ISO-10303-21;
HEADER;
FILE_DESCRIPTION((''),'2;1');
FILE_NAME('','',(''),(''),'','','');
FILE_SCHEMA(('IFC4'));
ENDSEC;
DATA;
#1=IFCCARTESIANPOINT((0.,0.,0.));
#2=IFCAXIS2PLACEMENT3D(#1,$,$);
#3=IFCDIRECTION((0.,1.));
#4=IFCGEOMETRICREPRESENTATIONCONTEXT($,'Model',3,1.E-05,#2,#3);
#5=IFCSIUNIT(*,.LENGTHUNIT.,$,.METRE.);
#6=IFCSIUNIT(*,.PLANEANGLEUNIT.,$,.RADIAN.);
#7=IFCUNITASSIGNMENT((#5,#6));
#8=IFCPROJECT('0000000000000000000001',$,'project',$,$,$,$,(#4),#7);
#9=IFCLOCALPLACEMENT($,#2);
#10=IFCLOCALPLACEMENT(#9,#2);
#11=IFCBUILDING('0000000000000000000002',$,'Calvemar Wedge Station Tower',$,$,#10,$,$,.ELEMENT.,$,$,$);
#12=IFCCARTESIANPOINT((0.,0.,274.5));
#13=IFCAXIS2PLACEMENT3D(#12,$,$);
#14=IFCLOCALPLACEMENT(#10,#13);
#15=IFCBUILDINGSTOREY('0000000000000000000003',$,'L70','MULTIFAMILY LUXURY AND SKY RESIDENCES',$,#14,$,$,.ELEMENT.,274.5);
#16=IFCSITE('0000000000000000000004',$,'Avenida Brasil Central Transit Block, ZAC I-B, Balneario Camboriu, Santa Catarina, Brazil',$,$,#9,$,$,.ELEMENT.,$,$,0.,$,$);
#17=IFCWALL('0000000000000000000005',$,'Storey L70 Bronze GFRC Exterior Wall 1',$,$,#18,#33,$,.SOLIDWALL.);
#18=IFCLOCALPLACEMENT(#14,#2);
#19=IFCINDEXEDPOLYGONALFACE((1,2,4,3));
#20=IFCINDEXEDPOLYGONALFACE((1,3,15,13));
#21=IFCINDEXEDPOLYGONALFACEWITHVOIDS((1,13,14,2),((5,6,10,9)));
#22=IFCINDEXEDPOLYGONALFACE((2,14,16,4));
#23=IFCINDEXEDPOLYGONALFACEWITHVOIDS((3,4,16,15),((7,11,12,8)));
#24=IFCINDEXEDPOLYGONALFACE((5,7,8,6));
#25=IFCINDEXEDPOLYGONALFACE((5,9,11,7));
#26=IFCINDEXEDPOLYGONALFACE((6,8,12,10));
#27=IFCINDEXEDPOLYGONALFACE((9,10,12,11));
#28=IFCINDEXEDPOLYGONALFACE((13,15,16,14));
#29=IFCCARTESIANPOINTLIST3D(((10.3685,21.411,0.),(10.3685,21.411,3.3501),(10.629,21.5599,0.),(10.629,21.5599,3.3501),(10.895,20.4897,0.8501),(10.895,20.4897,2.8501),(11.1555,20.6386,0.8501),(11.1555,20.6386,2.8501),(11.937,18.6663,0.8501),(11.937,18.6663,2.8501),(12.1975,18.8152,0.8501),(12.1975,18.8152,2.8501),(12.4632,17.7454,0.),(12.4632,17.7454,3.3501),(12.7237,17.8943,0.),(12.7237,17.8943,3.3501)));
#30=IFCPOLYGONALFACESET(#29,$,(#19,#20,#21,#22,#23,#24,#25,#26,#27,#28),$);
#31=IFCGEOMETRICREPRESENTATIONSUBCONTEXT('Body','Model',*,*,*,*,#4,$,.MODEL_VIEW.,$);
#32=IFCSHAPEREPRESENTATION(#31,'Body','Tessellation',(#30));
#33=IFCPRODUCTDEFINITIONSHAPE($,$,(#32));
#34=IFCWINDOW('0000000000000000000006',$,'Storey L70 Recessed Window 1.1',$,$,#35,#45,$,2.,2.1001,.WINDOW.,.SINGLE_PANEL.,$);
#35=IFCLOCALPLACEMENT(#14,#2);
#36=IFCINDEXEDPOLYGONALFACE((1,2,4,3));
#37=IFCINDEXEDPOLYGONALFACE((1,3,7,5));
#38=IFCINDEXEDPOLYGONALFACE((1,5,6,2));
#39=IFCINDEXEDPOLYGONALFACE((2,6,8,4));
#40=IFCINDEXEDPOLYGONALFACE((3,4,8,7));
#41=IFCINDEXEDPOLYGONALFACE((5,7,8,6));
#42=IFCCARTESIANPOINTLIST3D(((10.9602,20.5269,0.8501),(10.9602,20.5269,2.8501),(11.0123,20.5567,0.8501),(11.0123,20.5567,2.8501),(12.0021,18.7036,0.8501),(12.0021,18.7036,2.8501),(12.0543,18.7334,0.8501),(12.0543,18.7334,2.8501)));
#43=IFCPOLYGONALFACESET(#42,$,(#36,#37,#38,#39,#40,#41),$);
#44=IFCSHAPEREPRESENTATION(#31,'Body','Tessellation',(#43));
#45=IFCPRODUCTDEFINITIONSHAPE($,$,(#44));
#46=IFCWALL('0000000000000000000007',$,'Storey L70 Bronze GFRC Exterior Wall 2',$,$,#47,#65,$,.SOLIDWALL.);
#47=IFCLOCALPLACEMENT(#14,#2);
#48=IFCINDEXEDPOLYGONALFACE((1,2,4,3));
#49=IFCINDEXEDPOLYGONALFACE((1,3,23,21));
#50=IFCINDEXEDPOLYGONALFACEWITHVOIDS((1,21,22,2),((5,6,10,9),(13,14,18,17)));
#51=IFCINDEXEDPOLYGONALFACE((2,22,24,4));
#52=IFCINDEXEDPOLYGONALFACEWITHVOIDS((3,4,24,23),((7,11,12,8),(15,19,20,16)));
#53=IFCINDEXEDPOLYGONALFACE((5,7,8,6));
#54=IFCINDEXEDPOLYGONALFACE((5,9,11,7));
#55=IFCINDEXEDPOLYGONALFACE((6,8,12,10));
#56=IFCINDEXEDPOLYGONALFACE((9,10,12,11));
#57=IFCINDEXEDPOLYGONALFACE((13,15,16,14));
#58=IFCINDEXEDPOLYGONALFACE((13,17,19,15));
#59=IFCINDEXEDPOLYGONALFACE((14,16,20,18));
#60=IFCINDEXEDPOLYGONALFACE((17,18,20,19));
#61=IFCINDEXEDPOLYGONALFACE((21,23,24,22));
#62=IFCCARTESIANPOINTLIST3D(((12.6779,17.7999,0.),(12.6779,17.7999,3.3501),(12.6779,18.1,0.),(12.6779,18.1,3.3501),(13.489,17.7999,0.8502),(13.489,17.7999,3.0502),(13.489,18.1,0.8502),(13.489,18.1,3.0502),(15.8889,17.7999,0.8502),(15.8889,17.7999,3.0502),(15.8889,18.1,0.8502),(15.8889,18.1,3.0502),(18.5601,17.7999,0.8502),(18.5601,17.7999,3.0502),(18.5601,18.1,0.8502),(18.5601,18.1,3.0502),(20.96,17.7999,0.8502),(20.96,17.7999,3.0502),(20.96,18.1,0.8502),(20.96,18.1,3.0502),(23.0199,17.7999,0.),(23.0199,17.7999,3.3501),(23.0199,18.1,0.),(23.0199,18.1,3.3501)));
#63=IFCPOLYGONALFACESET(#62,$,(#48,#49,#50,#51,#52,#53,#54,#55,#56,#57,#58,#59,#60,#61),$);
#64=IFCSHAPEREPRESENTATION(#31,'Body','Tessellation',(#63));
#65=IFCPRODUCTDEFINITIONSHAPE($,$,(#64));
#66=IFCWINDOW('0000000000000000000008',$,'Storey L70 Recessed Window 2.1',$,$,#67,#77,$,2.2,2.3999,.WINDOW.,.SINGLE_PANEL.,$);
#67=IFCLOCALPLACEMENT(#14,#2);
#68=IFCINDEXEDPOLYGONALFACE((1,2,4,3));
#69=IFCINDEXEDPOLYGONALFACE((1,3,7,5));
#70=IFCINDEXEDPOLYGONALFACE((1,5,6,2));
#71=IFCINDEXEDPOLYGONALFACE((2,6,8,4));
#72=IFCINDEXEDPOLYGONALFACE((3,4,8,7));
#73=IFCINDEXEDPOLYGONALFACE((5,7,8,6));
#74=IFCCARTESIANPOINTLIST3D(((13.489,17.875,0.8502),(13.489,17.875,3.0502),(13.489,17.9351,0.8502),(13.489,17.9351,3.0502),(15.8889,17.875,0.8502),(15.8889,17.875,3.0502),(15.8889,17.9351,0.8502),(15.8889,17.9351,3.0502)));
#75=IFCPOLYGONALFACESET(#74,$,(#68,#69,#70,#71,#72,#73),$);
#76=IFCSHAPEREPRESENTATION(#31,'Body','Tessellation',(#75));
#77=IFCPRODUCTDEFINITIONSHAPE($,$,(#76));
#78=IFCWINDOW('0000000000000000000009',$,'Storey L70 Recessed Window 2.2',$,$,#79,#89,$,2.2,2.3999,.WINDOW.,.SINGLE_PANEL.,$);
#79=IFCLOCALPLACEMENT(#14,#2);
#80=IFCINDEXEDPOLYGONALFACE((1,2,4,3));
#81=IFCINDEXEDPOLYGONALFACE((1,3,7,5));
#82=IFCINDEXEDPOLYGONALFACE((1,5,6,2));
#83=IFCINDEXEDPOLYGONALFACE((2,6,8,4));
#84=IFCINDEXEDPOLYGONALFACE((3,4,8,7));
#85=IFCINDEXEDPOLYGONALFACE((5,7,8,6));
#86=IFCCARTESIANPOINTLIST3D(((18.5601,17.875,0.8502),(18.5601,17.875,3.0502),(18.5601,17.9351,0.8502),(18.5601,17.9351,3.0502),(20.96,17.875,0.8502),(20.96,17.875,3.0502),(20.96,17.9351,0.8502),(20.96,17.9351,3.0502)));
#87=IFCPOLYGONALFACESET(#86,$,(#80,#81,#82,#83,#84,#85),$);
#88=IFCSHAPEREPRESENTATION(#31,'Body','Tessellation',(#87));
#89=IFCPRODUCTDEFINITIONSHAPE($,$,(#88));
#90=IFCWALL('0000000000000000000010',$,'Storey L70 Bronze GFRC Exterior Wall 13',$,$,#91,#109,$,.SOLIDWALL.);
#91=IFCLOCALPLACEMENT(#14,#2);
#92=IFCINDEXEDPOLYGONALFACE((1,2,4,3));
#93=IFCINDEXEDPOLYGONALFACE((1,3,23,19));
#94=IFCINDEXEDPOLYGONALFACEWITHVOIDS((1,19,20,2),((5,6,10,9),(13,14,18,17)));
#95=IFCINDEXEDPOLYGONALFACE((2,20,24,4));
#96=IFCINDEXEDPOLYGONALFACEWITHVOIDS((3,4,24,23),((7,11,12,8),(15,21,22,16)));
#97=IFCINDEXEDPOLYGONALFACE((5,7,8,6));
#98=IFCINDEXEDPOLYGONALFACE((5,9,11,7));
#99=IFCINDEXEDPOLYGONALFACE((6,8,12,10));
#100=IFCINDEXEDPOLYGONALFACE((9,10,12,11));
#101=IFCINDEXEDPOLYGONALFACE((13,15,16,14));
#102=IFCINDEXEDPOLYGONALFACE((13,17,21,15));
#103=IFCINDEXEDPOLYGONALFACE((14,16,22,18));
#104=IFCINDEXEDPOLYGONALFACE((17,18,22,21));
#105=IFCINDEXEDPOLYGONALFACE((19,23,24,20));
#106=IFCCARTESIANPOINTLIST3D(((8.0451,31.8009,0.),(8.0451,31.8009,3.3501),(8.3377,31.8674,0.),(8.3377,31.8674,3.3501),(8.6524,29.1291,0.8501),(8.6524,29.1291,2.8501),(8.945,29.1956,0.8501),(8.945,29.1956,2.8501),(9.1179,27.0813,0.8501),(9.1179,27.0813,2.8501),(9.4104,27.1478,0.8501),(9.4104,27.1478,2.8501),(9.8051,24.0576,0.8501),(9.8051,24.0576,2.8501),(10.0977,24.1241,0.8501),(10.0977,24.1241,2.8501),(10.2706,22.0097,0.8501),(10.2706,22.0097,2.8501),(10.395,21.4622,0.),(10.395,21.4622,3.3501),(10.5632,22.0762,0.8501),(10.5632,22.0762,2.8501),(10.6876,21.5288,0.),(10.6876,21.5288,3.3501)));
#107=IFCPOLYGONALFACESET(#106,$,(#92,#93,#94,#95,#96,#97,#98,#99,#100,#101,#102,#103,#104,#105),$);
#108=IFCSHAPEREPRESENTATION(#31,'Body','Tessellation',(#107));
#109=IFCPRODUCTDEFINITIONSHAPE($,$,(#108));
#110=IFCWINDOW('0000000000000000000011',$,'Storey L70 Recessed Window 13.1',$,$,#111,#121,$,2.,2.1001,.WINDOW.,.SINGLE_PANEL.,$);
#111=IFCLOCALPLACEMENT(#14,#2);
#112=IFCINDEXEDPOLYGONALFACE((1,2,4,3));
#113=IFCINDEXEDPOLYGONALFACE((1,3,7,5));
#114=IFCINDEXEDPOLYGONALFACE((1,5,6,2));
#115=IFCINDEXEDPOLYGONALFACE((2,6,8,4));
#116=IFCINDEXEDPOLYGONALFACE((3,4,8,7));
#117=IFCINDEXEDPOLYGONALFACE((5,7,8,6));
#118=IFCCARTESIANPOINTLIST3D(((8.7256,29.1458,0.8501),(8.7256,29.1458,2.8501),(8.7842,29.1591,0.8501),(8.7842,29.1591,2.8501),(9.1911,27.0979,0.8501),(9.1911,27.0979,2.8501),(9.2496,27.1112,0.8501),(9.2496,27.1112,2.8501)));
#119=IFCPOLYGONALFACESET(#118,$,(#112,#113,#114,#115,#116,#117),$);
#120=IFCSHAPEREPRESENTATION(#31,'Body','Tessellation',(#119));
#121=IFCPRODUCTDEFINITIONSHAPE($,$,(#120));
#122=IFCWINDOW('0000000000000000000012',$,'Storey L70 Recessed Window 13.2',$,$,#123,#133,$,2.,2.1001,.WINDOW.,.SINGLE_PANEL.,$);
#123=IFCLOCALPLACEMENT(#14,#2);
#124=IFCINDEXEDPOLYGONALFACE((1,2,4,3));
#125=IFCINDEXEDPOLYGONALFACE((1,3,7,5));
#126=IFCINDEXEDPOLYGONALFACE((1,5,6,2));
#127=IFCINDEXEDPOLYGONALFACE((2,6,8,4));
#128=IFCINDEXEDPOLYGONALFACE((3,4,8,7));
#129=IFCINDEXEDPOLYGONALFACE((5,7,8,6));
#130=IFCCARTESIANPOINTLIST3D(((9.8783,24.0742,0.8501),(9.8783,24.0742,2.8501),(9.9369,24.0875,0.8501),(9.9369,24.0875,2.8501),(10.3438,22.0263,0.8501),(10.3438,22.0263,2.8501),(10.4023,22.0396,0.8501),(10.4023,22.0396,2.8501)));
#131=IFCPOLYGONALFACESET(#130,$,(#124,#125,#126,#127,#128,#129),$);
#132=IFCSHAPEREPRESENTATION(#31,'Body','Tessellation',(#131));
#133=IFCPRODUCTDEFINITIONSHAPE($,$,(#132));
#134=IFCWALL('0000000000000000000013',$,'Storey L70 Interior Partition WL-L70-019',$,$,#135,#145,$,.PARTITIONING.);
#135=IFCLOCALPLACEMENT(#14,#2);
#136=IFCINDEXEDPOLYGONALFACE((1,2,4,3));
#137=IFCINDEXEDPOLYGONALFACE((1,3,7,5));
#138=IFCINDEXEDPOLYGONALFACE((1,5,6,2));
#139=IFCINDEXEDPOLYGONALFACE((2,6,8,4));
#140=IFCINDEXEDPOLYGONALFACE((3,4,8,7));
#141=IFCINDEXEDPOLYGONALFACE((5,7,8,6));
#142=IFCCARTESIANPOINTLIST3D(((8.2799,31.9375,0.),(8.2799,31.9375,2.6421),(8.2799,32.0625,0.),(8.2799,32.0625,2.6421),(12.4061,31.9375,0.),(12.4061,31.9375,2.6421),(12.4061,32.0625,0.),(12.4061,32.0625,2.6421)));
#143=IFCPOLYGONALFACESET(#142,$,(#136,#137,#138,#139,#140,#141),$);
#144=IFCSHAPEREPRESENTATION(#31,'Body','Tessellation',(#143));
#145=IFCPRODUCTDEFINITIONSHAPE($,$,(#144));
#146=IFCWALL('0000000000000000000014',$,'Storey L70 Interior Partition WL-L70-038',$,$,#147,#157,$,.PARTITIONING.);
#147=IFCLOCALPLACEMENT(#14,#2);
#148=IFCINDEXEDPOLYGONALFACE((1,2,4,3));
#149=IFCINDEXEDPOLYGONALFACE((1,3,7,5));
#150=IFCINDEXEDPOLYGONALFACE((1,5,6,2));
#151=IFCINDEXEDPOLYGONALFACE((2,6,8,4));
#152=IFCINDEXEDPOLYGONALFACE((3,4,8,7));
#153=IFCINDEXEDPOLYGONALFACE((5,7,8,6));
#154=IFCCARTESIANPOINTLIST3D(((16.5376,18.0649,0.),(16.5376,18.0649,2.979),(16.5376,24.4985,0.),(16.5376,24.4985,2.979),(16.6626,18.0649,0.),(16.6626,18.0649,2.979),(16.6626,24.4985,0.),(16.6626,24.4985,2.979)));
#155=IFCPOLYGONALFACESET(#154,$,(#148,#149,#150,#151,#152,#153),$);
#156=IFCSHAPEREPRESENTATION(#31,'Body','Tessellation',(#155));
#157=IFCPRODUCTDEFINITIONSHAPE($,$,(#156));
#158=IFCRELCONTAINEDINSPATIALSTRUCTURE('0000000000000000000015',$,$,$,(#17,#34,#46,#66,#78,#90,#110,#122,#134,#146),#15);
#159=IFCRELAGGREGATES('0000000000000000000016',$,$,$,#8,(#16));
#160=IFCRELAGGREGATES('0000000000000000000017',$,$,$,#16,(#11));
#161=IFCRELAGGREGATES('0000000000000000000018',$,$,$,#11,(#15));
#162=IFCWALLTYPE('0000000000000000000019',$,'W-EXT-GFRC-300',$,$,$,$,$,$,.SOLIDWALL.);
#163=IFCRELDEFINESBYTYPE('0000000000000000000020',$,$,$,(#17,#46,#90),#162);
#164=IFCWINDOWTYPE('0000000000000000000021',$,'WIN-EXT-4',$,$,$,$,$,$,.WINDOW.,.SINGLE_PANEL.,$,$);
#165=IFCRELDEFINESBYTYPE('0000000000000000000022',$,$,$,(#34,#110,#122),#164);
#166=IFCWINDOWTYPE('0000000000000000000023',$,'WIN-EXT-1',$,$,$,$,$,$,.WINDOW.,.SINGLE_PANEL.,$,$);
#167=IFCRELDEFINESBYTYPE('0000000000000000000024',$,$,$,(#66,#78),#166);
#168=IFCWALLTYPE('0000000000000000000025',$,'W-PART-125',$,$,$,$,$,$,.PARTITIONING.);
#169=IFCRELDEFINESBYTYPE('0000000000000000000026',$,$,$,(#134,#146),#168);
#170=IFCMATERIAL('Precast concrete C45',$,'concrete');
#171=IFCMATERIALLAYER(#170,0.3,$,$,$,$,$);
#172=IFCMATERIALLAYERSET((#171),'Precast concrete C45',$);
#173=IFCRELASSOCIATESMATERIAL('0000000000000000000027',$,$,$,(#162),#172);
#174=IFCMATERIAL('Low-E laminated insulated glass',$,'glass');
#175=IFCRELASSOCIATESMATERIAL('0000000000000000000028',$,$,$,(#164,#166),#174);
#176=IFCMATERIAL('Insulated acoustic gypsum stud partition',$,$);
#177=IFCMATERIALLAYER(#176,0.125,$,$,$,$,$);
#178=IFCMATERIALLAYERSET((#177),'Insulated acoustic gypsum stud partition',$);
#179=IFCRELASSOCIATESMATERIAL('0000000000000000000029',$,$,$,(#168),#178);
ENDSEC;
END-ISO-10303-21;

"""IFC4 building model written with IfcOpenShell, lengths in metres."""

from ifc_helpers import new_model, si_unit, direction, frame, frame_2d, origin, place, context, subcontext, project, spatial, rectangle, extrude, source, transform, mapped, material, layer, layer_set, type_object, element, fill, save


model = new_model("IFC4")

# Units and contexts
model_context = context("Model", 3, precision=1e-05, world=origin(), true_north=direction((0.0, 1.0)))
body_context = subcontext(model_context, "Body", "Model", "MODEL_VIEW")
ifc_project = project(units=[si_unit("LENGTHUNIT", "METRE"), si_unit("PLANEANGLEUNIT", "RADIAN")], contexts=[model_context])

# Site, building, storey
site_placement = place(None, origin())
site = spatial("IfcSite", under=ifc_project, at=site_placement, Name="Avenida Brasil Central Transit Block, ZAC I-B, Balneario Camboriu, Santa Catarina, Brazil", CompositionType="ELEMENT", RefElevation=0.0)
building_placement = place(site_placement, origin())
building = spatial("IfcBuilding", under=site, at=building_placement, Name="Calvemar Wedge Station Tower", CompositionType="ELEMENT")
storey_placement = place(building_placement, frame((0.0, 0.0, 274.5)))
storey = spatial("IfcBuildingStorey", under=building, at=storey_placement, Name="L70", Description="MULTIFAMILY LUXURY AND SKY RESIDENCES", CompositionType="ELEMENT", Elevation=274.5)

# Wall, opening, window
ifc_material_1 = material(Name="Precast concrete C45", Category="concrete")
ifc_layer_1 = layer(ifc_material_1, 0.3)
ifc_layer_set_1 = layer_set([ifc_layer_1], Name="Precast concrete C45")
wall_type_1 = type_object("IfcWallType", Name="W-EXT-GFRC-300", PredefinedType="SOLIDWALL", material=ifc_layer_set_1)
wall_1_placement = place(storey_placement, frame((10.4988, 21.4854, 0.0), z_axis=(0.0, 0.0, 1.0), x_axis=(0.496164, -0.868229, 0.0)))
wall_1 = element("IfcWall", 1, at=wall_1_placement, inside=storey, type_object=wall_type_1, Name="Storey L70 Bronze GFRC Exterior Wall 1", PredefinedType="SOLIDWALL", context=body_context, shape_type="SweptSolid", body=[
    extrude(rectangle(XDim=4.2219, YDim=0.3, at=frame_2d((2.1108, 0.0))), origin(), (0.0, 0.0, 1.0), 3.3501),
])
shared_shape_1 = source(origin(), body_context, "Body", "SweptSolid", [
    extrude(rectangle(XDim=2.1001, YDim=2.0, at=frame_2d((1.05, 1.0))), frame((0.0, 0.1602, 0.0), z_axis=(0.0, -1.0, 0.0), x_axis=(1.0, 0.0, 0.0)), (0.0, 0.0, 1.0), 0.3201),
])
opening_1_placement = place(wall_1_placement, frame((1.061, 0.0, 0.8501)))
opening_1 = element("IfcOpeningElement", 2, at=opening_1_placement, cuts=wall_1, PredefinedType="OPENING", context=body_context, shape_type="MappedRepresentation", body=[
    mapped(shared_shape_1, transform((0.0, 0.0, 0.0), scale=1.0)),
])
ifc_material_2 = material(Name="Low-E laminated insulated glass", Category="glass")
window_type_1 = type_object("IfcWindowType", Name="WIN-EXT-4", PartitioningType="SINGLE_PANEL", PredefinedType="WINDOW", material=ifc_material_2)
shared_shape_2 = source(origin(), body_context, "Body", "SweptSolid", [
    extrude(rectangle(XDim=2.1001, YDim=2.0, at=frame_2d((1.05, 1.0))), frame((0.0, -0.0149, 0.0), z_axis=(0.0, -1.0, 0.0), x_axis=(1.0, 0.0, 0.0)), (0.0, 0.0, 1.0), 0.0601),
])
window_1_placement = place(opening_1_placement, origin())
window_1 = element("IfcWindow", 3, at=window_1_placement, inside=storey, type_object=window_type_1, Name="Storey L70 Recessed Window 1.1", OverallHeight=2.0, OverallWidth=2.1001, PartitioningType="SINGLE_PANEL", PredefinedType="WINDOW", context=body_context, shape_type="MappedRepresentation", body=[
    mapped(shared_shape_2, transform((0.0, 0.0, 0.0), scale=1.0)),
])
fill(opening_1, window_1)

# Walls, openings, windows
wall_2_placement = place(storey_placement, frame((12.678, 17.95, 0.0), z_axis=(0.0, 0.0, 1.0), x_axis=(1.0, 0.0, 0.0)))
wall_2 = element("IfcWall", 4, at=wall_2_placement, inside=storey, type_object=wall_type_1, Name="Storey L70 Bronze GFRC Exterior Wall 2", PredefinedType="SOLIDWALL", context=body_context, shape_type="SweptSolid", body=[
    extrude(rectangle(XDim=10.342, YDim=0.3, at=frame_2d((5.1709, 0.0))), origin(), (0.0, 0.0, 1.0), 3.3501),
])
shared_shape_3 = source(origin(), body_context, "Body", "SweptSolid", [
    extrude(rectangle(XDim=2.3999, YDim=2.2, at=frame_2d((1.2, 1.1001))), frame((0.0, 0.1602, 0.0), z_axis=(0.0, -1.0, 0.0), x_axis=(1.0, 0.0, 0.0)), (0.0, 0.0, 1.0), 0.3201),
])
opening_2_placement = place(wall_2_placement, frame((0.811, 0.0, 0.8501)))
opening_2 = element("IfcOpeningElement", 5, at=opening_2_placement, cuts=wall_2, PredefinedType="OPENING", context=body_context, shape_type="MappedRepresentation", body=[
    mapped(shared_shape_3, transform((0.0, 0.0, 0.0), scale=1.0)),
])
opening_3_placement = place(wall_2_placement, frame((5.8821, 0.0, 0.8501)))
opening_3 = element("IfcOpeningElement", 6, at=opening_3_placement, cuts=wall_2, PredefinedType="OPENING", context=body_context, shape_type="MappedRepresentation", body=[
    mapped(shared_shape_3, transform((0.0, 0.0, 0.0), scale=1.0)),
])
window_type_2 = type_object("IfcWindowType", Name="WIN-EXT-1", PartitioningType="SINGLE_PANEL", PredefinedType="WINDOW", material=ifc_material_2)
shared_shape_4 = source(origin(), body_context, "Body", "SweptSolid", [
    extrude(rectangle(XDim=2.3999, YDim=2.2, at=frame_2d((1.2, 1.1001))), frame((0.0, -0.0149, 0.0), z_axis=(0.0, -1.0, 0.0), x_axis=(1.0, 0.0, 0.0)), (0.0, 0.0, 1.0), 0.0601),
])
window_2_placement = place(opening_2_placement, origin())
window_2 = element("IfcWindow", 7, at=window_2_placement, inside=storey, type_object=window_type_2, Name="Storey L70 Recessed Window 2.1", OverallHeight=2.2, OverallWidth=2.3999, PartitioningType="SINGLE_PANEL", PredefinedType="WINDOW", context=body_context, shape_type="MappedRepresentation", body=[
    mapped(shared_shape_4, transform((0.0, 0.0, 0.0), scale=1.0)),
])
fill(opening_2, window_2)
window_3_placement = place(opening_3_placement, origin())
window_3 = element("IfcWindow", 8, at=window_3_placement, inside=storey, type_object=window_type_2, Name="Storey L70 Recessed Window 2.2", OverallHeight=2.2, OverallWidth=2.3999, PartitioningType="SINGLE_PANEL", PredefinedType="WINDOW", context=body_context, shape_type="MappedRepresentation", body=[
    mapped(shared_shape_4, transform((0.0, 0.0, 0.0), scale=1.0)),
])
fill(opening_3, window_3)
wall_3_placement = place(storey_placement, frame((8.1914, 31.8342, 0.0), z_axis=(0.0, 0.0, 1.0), x_axis=(0.221636, -0.975129, 0.0)))
wall_3 = element("IfcWall", 9, at=wall_3_placement, inside=storey, type_object=wall_type_1, Name="Storey L70 Bronze GFRC Exterior Wall 13", PredefinedType="SOLIDWALL", context=body_context, shape_type="SweptSolid", body=[
    extrude(rectangle(XDim=10.6023, YDim=0.3, at=frame_2d((5.3013, 0.0))), origin(), (0.0, 0.0, 1.0), 3.3501),
])
opening_4_placement = place(wall_3_placement, frame((2.74, 0.0, 0.8501)))
opening_4 = element("IfcOpeningElement", 10, at=opening_4_placement, cuts=wall_3, PredefinedType="OPENING", context=body_context, shape_type="MappedRepresentation", body=[
    mapped(shared_shape_1, transform((0.0, 0.0, 0.0), scale=1.0)),
])
opening_5_placement = place(wall_3_placement, frame((7.9409, 0.0, 0.8501)))
opening_5 = element("IfcOpeningElement", 11, at=opening_5_placement, cuts=wall_3, PredefinedType="OPENING", context=body_context, shape_type="MappedRepresentation", body=[
    mapped(shared_shape_1, transform((0.0, 0.0, 0.0), scale=1.0)),
])
window_4_placement = place(opening_4_placement, origin())
window_4 = element("IfcWindow", 12, at=window_4_placement, inside=storey, type_object=window_type_1, Name="Storey L70 Recessed Window 13.1", OverallHeight=2.0, OverallWidth=2.1001, PartitioningType="SINGLE_PANEL", PredefinedType="WINDOW", context=body_context, shape_type="MappedRepresentation", body=[
    mapped(shared_shape_2, transform((0.0, 0.0, 0.0), scale=1.0)),
])
fill(opening_4, window_4)
window_5_placement = place(opening_5_placement, origin())
window_5 = element("IfcWindow", 13, at=window_5_placement, inside=storey, type_object=window_type_1, Name="Storey L70 Recessed Window 13.2", OverallHeight=2.0, OverallWidth=2.1001, PartitioningType="SINGLE_PANEL", PredefinedType="WINDOW", context=body_context, shape_type="MappedRepresentation", body=[
    mapped(shared_shape_2, transform((0.0, 0.0, 0.0), scale=1.0)),
])
fill(opening_5, window_5)

# Walls
ifc_material_3 = material(Name="Insulated acoustic gypsum stud partition")
ifc_layer_2 = layer(ifc_material_3, 0.125)
ifc_layer_set_2 = layer_set([ifc_layer_2], Name="Insulated acoustic gypsum stud partition")
wall_type_2 = type_object("IfcWallType", Name="W-PART-125", PredefinedType="PARTITIONING", material=ifc_layer_set_2)
wall_4_placement = place(storey_placement, frame((12.406, 32.0, 0.0), z_axis=(0.0, 0.0, 1.0), x_axis=(-1.0, 0.0, 0.0)))
element("IfcWall", 14, at=wall_4_placement, inside=storey, type_object=wall_type_2, Name="Storey L70 Interior Partition WL-L70-019", PredefinedType="PARTITIONING", context=body_context, shape_type="SweptSolid", body=[
    extrude(rectangle(XDim=4.1262, YDim=0.125, at=frame_2d((2.063, 0.0))), origin(), (0.0, 0.0, 1.0), 2.6421),
])
wall_5_placement = place(storey_placement, frame((16.6001, 24.4985, 0.0), z_axis=(0.0, 0.0, 1.0), x_axis=(0.0, -1.0, 0.0)))
element("IfcWall", 15, at=wall_5_placement, inside=storey, type_object=wall_type_2, Name="Storey L70 Interior Partition WL-L70-038", PredefinedType="PARTITIONING", context=body_context, shape_type="SweptSolid", body=[
    extrude(rectangle(XDim=6.4336, YDim=0.125, at=frame_2d((3.2168, 0.0))), origin(), (0.0, 0.0, 1.0), 2.979),
])

save(model, "model.ifc")
